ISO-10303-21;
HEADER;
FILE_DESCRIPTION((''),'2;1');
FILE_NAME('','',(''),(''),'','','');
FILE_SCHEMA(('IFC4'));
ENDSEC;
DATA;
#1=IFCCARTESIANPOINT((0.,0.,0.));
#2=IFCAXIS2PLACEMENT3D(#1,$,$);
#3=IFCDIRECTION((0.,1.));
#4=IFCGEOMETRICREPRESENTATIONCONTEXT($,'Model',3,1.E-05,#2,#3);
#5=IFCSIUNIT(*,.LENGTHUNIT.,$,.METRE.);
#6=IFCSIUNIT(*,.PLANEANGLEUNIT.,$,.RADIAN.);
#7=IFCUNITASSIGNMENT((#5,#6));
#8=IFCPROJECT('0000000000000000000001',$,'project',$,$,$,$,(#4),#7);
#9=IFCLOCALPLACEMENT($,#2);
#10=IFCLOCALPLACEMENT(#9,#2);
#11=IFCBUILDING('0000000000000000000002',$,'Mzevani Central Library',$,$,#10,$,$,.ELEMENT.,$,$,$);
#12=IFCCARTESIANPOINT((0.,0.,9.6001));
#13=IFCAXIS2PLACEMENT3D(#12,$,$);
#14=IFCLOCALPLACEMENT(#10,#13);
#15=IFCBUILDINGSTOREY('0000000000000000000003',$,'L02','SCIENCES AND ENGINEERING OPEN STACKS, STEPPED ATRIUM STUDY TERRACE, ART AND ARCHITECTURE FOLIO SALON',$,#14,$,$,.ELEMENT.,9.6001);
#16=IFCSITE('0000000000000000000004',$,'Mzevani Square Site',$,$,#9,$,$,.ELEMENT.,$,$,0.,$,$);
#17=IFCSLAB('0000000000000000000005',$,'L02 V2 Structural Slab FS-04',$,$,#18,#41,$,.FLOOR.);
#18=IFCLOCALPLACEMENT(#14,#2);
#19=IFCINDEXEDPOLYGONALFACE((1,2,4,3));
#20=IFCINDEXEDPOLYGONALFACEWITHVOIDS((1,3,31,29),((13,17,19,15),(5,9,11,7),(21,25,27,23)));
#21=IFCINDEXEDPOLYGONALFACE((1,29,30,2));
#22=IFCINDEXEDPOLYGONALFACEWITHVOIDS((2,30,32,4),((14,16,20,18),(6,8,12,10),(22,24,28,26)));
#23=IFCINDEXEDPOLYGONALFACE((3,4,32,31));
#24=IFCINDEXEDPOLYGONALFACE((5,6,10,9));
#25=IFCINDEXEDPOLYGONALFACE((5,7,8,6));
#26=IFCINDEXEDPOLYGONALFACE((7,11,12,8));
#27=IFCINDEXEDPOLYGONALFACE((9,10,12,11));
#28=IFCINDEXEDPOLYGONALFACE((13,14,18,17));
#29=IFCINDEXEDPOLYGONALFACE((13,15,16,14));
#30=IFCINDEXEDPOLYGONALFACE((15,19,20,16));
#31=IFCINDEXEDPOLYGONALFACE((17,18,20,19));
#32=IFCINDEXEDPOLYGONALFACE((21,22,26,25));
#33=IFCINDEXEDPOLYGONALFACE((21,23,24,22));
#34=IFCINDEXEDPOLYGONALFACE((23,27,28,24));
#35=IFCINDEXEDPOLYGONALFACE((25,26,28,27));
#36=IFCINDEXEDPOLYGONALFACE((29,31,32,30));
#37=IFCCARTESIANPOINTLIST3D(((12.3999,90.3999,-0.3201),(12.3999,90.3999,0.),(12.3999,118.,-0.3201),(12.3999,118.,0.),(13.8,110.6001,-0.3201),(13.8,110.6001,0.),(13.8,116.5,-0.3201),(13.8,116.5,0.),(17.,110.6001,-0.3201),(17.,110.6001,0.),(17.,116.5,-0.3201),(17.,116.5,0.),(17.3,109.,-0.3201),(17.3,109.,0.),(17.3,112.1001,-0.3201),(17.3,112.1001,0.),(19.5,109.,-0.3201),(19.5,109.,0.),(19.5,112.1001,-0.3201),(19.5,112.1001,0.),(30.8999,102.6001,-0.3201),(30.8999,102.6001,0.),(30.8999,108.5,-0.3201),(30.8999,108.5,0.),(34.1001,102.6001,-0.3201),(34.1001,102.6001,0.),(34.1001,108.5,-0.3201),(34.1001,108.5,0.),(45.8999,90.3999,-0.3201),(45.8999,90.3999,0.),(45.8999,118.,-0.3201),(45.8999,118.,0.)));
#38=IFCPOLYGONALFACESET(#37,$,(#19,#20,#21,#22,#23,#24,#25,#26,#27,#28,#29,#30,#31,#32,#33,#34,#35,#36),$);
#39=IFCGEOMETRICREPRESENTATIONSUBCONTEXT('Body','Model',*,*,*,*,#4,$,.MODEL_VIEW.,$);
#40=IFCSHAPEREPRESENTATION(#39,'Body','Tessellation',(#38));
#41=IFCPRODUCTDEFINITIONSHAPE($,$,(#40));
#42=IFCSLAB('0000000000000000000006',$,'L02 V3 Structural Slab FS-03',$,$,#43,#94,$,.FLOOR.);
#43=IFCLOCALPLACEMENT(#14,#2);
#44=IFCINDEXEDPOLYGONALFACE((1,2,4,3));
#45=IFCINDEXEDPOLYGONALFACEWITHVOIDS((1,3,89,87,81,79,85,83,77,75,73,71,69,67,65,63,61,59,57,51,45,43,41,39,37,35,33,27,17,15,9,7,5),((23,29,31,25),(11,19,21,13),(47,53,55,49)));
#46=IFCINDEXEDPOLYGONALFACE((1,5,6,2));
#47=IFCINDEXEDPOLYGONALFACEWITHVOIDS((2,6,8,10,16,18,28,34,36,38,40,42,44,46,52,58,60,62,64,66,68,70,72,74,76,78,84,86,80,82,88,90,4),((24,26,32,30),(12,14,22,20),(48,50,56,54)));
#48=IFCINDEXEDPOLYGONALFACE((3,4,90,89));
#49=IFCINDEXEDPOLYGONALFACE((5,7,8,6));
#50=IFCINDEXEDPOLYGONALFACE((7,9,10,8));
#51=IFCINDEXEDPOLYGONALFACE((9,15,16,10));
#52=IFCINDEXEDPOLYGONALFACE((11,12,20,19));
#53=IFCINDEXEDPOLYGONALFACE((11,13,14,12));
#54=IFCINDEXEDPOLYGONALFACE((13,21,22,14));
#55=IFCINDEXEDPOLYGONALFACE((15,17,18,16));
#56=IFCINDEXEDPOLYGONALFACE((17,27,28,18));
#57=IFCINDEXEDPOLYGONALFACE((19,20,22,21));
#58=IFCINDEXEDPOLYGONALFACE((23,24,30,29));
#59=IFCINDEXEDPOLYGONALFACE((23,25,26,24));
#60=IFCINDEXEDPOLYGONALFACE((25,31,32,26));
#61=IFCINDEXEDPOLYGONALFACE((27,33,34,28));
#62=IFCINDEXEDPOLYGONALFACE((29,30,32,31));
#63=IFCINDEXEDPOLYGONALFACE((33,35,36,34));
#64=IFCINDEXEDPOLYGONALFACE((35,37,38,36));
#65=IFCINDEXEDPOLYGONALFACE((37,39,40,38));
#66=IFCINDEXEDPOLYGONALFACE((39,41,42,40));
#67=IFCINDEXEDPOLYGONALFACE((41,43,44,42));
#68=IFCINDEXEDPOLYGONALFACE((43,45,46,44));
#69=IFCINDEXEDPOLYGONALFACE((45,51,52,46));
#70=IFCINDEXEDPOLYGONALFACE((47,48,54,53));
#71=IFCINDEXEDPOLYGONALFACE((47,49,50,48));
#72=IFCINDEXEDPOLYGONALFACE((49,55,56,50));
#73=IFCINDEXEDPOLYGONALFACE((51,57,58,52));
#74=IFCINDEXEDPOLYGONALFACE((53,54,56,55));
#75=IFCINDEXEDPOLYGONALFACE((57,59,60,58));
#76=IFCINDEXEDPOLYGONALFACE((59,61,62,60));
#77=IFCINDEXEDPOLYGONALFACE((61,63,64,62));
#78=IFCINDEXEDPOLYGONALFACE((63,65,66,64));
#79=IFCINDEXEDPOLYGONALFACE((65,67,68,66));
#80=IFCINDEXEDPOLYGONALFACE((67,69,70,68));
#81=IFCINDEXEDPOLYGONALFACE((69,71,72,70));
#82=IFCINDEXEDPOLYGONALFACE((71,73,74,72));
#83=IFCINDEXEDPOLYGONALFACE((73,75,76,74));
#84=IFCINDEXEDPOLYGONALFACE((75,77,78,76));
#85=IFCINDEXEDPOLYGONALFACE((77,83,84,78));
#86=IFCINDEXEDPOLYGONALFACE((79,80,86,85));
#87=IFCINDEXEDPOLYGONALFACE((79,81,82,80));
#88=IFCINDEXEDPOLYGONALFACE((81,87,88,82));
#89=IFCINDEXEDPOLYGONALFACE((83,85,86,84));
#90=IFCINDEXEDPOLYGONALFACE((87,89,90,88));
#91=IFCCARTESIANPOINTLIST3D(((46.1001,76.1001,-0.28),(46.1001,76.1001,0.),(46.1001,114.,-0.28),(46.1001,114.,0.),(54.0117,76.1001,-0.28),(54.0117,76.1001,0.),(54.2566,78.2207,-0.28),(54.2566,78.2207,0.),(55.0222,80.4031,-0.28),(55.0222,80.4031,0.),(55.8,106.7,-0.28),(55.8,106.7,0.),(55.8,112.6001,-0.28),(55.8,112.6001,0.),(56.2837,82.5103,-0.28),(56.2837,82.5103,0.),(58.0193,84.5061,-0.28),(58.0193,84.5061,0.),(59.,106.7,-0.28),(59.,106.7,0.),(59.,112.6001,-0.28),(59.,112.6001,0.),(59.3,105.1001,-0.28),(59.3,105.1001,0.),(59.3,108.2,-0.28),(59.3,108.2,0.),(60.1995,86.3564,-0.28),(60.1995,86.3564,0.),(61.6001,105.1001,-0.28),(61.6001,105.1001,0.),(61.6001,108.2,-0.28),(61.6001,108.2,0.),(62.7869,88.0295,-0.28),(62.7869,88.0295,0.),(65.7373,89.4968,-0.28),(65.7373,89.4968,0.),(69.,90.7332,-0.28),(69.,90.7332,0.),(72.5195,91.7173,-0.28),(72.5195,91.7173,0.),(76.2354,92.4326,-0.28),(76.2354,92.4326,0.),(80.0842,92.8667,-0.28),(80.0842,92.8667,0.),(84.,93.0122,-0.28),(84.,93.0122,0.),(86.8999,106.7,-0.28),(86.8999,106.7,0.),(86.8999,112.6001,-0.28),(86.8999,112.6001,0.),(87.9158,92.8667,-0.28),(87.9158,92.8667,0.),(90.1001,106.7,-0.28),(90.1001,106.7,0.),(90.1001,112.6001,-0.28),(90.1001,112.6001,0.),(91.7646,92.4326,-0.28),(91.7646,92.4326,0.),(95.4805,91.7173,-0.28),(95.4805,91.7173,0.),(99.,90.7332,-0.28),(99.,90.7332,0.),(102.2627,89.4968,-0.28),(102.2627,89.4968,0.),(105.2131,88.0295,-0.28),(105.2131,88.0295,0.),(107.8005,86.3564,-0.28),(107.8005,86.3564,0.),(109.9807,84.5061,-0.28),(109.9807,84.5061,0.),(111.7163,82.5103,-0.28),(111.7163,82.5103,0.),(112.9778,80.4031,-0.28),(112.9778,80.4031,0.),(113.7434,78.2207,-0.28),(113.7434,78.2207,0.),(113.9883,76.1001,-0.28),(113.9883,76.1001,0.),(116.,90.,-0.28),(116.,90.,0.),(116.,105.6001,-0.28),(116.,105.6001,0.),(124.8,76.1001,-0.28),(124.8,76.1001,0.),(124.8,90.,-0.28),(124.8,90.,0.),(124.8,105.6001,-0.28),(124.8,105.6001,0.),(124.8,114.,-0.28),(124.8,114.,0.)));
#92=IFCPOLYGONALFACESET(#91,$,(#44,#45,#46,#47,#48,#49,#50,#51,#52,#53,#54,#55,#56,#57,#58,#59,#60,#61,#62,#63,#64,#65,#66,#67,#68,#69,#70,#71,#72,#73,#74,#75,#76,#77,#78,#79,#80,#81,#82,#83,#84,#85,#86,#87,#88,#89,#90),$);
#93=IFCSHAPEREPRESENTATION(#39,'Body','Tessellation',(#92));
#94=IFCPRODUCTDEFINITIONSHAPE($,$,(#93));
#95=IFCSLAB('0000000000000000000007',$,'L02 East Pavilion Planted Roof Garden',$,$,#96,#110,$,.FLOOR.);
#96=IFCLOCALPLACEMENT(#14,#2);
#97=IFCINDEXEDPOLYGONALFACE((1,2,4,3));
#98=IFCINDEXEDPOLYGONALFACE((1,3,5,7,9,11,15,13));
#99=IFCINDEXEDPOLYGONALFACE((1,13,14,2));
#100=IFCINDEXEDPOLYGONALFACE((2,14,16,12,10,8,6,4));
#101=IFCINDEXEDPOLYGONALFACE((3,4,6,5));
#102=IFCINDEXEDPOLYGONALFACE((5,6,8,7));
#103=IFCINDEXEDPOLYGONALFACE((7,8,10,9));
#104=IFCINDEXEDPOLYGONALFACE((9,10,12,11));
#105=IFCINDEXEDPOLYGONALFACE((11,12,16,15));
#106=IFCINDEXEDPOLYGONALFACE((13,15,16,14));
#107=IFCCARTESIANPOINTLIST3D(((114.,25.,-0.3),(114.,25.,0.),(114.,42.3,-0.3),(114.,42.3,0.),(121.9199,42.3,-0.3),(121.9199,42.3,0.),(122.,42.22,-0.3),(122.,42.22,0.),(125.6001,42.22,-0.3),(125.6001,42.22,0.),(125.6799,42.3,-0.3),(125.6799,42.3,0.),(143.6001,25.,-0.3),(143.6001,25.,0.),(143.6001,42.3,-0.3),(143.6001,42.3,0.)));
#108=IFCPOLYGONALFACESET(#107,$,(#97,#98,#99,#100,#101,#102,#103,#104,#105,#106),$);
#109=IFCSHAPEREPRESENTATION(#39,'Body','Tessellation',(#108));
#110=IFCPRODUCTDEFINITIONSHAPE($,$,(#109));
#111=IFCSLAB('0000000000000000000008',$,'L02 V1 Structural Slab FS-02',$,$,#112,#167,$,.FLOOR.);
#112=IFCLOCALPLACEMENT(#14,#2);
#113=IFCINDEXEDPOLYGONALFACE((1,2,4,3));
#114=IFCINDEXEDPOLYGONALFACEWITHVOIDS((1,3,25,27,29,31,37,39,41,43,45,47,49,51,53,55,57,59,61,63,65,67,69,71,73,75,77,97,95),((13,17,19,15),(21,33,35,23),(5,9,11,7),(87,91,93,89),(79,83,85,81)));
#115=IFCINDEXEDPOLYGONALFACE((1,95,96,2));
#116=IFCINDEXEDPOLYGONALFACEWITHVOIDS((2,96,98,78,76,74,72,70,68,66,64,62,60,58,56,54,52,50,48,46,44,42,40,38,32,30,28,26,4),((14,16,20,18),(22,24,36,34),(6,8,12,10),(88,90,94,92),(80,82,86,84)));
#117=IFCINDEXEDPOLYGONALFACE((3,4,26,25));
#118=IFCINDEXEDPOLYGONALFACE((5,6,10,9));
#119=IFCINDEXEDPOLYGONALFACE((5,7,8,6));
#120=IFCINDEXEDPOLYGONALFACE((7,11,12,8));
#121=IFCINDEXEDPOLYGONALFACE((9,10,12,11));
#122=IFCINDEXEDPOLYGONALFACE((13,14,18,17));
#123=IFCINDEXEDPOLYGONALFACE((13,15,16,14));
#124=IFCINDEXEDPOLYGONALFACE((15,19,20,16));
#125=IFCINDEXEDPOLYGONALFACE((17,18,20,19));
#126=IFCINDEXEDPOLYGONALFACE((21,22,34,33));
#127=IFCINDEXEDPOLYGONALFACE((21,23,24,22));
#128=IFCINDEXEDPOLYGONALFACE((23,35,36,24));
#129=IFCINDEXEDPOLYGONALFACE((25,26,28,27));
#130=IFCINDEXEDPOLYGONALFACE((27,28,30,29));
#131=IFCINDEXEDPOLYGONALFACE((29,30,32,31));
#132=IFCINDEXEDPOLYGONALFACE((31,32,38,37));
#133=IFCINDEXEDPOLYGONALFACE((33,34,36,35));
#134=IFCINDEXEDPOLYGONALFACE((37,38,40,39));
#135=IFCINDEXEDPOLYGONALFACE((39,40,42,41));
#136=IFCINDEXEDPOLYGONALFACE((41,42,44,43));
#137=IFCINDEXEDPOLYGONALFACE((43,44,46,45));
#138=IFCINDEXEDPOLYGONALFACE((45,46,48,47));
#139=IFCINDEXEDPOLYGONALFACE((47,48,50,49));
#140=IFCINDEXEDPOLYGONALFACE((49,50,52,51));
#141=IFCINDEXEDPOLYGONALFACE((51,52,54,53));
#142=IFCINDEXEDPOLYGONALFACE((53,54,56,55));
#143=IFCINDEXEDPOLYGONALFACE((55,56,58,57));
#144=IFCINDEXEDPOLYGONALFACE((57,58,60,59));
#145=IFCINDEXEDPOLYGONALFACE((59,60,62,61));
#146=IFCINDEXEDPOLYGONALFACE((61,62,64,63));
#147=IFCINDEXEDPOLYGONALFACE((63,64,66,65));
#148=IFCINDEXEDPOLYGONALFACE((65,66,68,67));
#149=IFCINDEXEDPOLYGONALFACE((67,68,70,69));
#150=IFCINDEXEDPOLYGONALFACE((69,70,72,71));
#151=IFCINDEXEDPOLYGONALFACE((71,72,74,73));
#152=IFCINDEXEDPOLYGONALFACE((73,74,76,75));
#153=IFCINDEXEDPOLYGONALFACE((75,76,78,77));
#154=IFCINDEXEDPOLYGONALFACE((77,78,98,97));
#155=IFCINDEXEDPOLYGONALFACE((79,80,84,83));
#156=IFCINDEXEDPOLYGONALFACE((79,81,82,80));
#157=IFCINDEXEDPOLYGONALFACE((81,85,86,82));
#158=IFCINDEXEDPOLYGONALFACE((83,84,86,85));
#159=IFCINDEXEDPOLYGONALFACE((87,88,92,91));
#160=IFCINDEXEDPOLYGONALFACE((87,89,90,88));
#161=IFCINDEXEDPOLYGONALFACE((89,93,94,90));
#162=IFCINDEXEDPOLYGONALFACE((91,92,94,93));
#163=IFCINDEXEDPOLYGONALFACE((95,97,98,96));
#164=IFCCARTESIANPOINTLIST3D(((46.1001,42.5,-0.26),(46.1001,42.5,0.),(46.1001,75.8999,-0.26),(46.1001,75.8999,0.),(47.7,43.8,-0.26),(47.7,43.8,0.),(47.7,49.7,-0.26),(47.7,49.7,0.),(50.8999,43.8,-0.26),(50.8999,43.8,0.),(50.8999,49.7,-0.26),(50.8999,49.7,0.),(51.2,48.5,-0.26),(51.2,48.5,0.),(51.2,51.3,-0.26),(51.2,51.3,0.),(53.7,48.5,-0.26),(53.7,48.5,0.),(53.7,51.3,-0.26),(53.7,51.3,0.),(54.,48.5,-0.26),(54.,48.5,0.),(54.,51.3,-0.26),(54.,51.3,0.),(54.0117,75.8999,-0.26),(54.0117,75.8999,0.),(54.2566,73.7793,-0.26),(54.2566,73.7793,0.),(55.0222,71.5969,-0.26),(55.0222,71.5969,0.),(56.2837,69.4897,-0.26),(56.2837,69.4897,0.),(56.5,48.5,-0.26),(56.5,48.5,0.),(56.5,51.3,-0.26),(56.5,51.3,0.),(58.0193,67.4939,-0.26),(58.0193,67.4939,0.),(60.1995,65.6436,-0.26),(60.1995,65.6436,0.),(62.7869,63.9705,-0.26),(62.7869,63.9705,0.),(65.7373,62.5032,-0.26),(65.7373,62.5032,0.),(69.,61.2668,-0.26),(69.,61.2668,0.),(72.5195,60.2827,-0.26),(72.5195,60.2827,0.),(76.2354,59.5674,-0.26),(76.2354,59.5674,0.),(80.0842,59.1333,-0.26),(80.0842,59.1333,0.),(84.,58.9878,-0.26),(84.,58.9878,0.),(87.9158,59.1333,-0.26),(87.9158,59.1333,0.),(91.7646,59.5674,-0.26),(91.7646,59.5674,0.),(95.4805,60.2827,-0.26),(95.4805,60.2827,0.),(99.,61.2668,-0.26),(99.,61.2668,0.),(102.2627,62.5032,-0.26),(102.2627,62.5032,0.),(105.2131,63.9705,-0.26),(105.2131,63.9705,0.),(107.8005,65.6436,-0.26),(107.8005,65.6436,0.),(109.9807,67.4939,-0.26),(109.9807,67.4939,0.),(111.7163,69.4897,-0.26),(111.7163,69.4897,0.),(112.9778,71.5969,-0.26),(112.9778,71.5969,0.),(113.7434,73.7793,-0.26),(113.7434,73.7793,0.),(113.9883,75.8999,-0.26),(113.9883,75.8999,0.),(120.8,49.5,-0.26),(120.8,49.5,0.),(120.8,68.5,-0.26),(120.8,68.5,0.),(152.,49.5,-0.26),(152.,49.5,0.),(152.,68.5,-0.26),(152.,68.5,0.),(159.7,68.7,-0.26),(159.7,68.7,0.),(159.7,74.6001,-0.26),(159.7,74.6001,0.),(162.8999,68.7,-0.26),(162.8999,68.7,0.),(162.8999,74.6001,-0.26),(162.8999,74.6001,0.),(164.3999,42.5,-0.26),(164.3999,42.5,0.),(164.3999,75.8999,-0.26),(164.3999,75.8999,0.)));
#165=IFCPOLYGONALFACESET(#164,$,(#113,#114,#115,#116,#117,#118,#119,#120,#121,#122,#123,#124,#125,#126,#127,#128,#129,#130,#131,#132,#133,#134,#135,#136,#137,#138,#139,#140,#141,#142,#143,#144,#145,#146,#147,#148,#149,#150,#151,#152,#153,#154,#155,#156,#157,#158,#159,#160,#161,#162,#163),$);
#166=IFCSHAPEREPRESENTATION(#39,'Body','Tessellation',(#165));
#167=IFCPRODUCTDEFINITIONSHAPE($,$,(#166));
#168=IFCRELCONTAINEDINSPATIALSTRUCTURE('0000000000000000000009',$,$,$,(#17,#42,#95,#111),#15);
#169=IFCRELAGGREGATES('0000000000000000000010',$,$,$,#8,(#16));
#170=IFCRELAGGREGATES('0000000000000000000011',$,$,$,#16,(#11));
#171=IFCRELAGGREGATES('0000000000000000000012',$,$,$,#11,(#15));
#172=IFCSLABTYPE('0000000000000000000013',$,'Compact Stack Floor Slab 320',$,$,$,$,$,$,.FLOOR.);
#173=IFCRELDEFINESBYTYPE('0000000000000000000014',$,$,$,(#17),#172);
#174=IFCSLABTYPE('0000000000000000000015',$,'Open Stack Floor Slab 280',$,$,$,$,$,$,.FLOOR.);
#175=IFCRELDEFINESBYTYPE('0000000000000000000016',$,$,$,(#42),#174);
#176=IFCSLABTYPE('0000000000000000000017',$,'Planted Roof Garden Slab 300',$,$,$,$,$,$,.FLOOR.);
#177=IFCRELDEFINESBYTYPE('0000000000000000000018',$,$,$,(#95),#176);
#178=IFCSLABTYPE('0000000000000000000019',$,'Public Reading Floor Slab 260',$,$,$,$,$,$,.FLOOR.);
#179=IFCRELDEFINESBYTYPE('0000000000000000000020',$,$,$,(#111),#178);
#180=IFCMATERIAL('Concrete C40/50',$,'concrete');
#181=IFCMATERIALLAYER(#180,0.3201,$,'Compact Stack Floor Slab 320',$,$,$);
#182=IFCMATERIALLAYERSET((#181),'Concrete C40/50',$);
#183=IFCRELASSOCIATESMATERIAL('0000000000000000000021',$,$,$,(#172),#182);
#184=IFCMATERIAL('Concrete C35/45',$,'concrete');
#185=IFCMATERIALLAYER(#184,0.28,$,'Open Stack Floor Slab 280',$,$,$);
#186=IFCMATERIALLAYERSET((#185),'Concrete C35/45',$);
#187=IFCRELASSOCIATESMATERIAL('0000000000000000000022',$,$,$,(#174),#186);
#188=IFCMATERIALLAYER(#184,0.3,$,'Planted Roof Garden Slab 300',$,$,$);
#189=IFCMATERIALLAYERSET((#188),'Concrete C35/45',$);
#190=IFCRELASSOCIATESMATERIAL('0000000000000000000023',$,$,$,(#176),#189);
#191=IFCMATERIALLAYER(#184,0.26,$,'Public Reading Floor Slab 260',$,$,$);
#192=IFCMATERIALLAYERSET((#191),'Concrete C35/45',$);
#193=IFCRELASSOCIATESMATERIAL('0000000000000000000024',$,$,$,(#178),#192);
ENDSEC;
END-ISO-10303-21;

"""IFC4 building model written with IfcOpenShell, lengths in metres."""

from ifc_helpers import new_model, si_unit, direction, frame, origin, place, context, subcontext, project, spatial, polyline, outline, extrude, material, layer, layer_set, type_object, element, save


model = new_model("IFC4")

# Units and contexts
model_context = context("Model", 3, precision=1e-05, world=origin(), true_north=direction((0.0, 1.0)))
body_context = subcontext(model_context, "Body", "Model", "MODEL_VIEW")
ifc_project = project(units=[si_unit("LENGTHUNIT", "METRE"), si_unit("PLANEANGLEUNIT", "RADIAN")], contexts=[model_context])

# Site, building, storey
site_placement = place(None, origin())
site = spatial("IfcSite", under=ifc_project, at=site_placement, Name="Mzevani Square Site", CompositionType="ELEMENT", RefElevation=0.0)
building_placement = place(site_placement, origin())
building = spatial("IfcBuilding", under=site, at=building_placement, Name="Mzevani Central Library", CompositionType="ELEMENT")
storey_placement = place(building_placement, frame((0.0, 0.0, 9.6001)))
storey = spatial("IfcBuildingStorey", under=building, at=storey_placement, Name="L02", Description="SCIENCES AND ENGINEERING OPEN STACKS, STEPPED ATRIUM STUDY TERRACE, ART AND ARCHITECTURE FOLIO SALON", CompositionType="ELEMENT", Elevation=9.6001)

# Slabs
ifc_material_1 = material(Name="Concrete C40/50", Category="concrete")
ifc_layer_1 = layer(ifc_material_1, 0.3201, Name="Compact Stack Floor Slab 320")
ifc_layer_set_1 = layer_set([ifc_layer_1], Name="Concrete C40/50")
slab_type_1 = type_object("IfcSlabType", Name="Compact Stack Floor Slab 320", PredefinedType="FLOOR", material=ifc_layer_set_1)
slab_1_placement = place(storey_placement, frame((0.0, 0.0, -0.3201)))
element("IfcSlab", 1, at=slab_1_placement, inside=storey, type_object=slab_type_1, Name="L02 V2 Structural Slab FS-04", PredefinedType="FLOOR", context=body_context, shape_type="SweptSolid", body=[
    extrude(outline(polyline([(45.8999, 90.3999), (12.3999, 90.3999), (12.3999, 118.0), (45.8999, 118.0), (45.8999, 90.3999)]), holes=[polyline([(17.0, 110.6001), (17.0, 116.5), (13.8, 116.5), (13.8, 110.6001), (17.0, 110.6001)]), polyline([(17.3, 109.0), (19.5, 109.0), (19.5, 112.1001), (17.3, 112.1001), (17.3, 109.0)]), polyline([(30.8999, 108.5), (30.8999, 102.6001), (34.1001, 102.6001), (34.1001, 108.5), (30.8999, 108.5)])]), origin(), (0.0, 0.0, 1.0), 0.3201),
])
ifc_material_2 = material(Name="Concrete C35/45", Category="concrete")
ifc_layer_2 = layer(ifc_material_2, 0.28, Name="Open Stack Floor Slab 280")
ifc_layer_set_2 = layer_set([ifc_layer_2], Name="Concrete C35/45")
slab_type_2 = type_object("IfcSlabType", Name="Open Stack Floor Slab 280", PredefinedType="FLOOR", material=ifc_layer_set_2)
slab_2_placement = place(storey_placement, frame((0.0, 0.0, -0.28)))
element("IfcSlab", 2, at=slab_2_placement, inside=storey, type_object=slab_type_2, Name="L02 V3 Structural Slab FS-03", PredefinedType="FLOOR", context=body_context, shape_type="SweptSolid", body=[
    extrude(outline(polyline([(46.1001, 114.0), (124.8, 114.0), (124.8, 105.6001), (116.0, 105.6001), (116.0, 90.0), (124.8, 90.0), (124.8, 76.1001), (113.9883, 76.1001), (113.7434, 78.2207), (112.9778, 80.4031), (111.7163, 82.5103), (109.9807, 84.5061), (107.8005, 86.3564), (105.2131, 88.0295), (102.2627, 89.4968), (99.0, 90.7332), (95.4805, 91.7173), (91.7646, 92.4326), (87.9158, 92.8667), (84.0, 93.0122), (80.0842, 92.8667), (76.2354, 92.4326), (72.5195, 91.7173), (69.0, 90.7332), (65.7373, 89.4968), (62.7869, 88.0295), (60.1995, 86.3564), (58.0193, 84.5061), (56.2837, 82.5103), (55.0222, 80.4031), (54.2566, 78.2207), (54.0117, 76.1001), (46.1001, 76.1001), (46.1001, 114.0)]), holes=[polyline([(59.0, 106.7), (59.0, 112.6001), (55.8, 112.6001), (55.8, 106.7), (59.0, 106.7)]), polyline([(59.3, 105.1001), (61.6001, 105.1001), (61.6001, 108.2), (59.3, 108.2), (59.3, 105.1001)]), polyline([(90.1001, 106.7), (90.1001, 112.6001), (86.8999, 112.6001), (86.8999, 106.7), (90.1001, 106.7)])]), origin(), (0.0, 0.0, 1.0), 0.28),
])
ifc_layer_3 = layer(ifc_material_2, 0.3, Name="Planted Roof Garden Slab 300")
ifc_layer_set_3 = layer_set([ifc_layer_3], Name="Concrete C35/45")
slab_type_3 = type_object("IfcSlabType", Name="Planted Roof Garden Slab 300", PredefinedType="FLOOR", material=ifc_layer_set_3)
slab_3_placement = place(storey_placement, frame((0.0, 0.0, -0.3)))
element("IfcSlab", 3, at=slab_3_placement, inside=storey, type_object=slab_type_3, Name="L02 East Pavilion Planted Roof Garden", PredefinedType="FLOOR", context=body_context, shape_type="SweptSolid", body=[
    extrude(outline(polyline([(114.0, 42.3), (121.9199, 42.3), (122.0, 42.22), (125.6001, 42.22), (125.6799, 42.3), (143.6001, 42.3), (143.6001, 25.0), (114.0, 25.0), (114.0, 42.3)])), origin(), (0.0, 0.0, 1.0), 0.3),
])
ifc_layer_4 = layer(ifc_material_2, 0.26, Name="Public Reading Floor Slab 260")
ifc_layer_set_4 = layer_set([ifc_layer_4], Name="Concrete C35/45")
slab_type_4 = type_object("IfcSlabType", Name="Public Reading Floor Slab 260", PredefinedType="FLOOR", material=ifc_layer_set_4)
slab_4_placement = place(storey_placement, frame((0.0, 0.0, -0.26)))
element("IfcSlab", 4, at=slab_4_placement, inside=storey, type_object=slab_type_4, Name="L02 V1 Structural Slab FS-02", PredefinedType="FLOOR", context=body_context, shape_type="SweptSolid", body=[
    extrude(outline(polyline([(164.3999, 42.5), (46.1001, 42.5), (46.1001, 75.8999), (54.0117, 75.8999), (54.2566, 73.7793), (55.0222, 71.5969), (56.2837, 69.4897), (58.0193, 67.4939), (60.1995, 65.6436), (62.7869, 63.9705), (65.7373, 62.5032), (69.0, 61.2668), (72.5195, 60.2827), (76.2354, 59.5674), (80.0842, 59.1333), (84.0, 58.9878), (87.9158, 59.1333), (91.7646, 59.5674), (95.4805, 60.2827), (99.0, 61.2668), (102.2627, 62.5032), (105.2131, 63.9705), (107.8005, 65.6436), (109.9807, 67.4939), (111.7163, 69.4897), (112.9778, 71.5969), (113.7434, 73.7793), (113.9883, 75.8999), (164.3999, 75.8999), (164.3999, 42.5)]), holes=[polyline([(152.0, 68.5), (120.8, 68.5), (120.8, 49.5), (152.0, 49.5), (152.0, 68.5)]), polyline([(47.7, 49.7), (47.7, 43.8), (50.8999, 43.8), (50.8999, 49.7), (47.7, 49.7)]), polyline([(51.2, 48.5), (53.7, 48.5), (53.7, 51.3), (51.2, 51.3), (51.2, 48.5)]), polyline([(54.0, 48.5), (56.5, 48.5), (56.5, 51.3), (54.0, 51.3), (54.0, 48.5)]), polyline([(162.8999, 68.7), (162.8999, 74.6001), (159.7, 74.6001), (159.7, 68.7), (162.8999, 68.7)])]), origin(), (0.0, 0.0, 1.0), 0.26),
])

save(model, "model.ifc")
